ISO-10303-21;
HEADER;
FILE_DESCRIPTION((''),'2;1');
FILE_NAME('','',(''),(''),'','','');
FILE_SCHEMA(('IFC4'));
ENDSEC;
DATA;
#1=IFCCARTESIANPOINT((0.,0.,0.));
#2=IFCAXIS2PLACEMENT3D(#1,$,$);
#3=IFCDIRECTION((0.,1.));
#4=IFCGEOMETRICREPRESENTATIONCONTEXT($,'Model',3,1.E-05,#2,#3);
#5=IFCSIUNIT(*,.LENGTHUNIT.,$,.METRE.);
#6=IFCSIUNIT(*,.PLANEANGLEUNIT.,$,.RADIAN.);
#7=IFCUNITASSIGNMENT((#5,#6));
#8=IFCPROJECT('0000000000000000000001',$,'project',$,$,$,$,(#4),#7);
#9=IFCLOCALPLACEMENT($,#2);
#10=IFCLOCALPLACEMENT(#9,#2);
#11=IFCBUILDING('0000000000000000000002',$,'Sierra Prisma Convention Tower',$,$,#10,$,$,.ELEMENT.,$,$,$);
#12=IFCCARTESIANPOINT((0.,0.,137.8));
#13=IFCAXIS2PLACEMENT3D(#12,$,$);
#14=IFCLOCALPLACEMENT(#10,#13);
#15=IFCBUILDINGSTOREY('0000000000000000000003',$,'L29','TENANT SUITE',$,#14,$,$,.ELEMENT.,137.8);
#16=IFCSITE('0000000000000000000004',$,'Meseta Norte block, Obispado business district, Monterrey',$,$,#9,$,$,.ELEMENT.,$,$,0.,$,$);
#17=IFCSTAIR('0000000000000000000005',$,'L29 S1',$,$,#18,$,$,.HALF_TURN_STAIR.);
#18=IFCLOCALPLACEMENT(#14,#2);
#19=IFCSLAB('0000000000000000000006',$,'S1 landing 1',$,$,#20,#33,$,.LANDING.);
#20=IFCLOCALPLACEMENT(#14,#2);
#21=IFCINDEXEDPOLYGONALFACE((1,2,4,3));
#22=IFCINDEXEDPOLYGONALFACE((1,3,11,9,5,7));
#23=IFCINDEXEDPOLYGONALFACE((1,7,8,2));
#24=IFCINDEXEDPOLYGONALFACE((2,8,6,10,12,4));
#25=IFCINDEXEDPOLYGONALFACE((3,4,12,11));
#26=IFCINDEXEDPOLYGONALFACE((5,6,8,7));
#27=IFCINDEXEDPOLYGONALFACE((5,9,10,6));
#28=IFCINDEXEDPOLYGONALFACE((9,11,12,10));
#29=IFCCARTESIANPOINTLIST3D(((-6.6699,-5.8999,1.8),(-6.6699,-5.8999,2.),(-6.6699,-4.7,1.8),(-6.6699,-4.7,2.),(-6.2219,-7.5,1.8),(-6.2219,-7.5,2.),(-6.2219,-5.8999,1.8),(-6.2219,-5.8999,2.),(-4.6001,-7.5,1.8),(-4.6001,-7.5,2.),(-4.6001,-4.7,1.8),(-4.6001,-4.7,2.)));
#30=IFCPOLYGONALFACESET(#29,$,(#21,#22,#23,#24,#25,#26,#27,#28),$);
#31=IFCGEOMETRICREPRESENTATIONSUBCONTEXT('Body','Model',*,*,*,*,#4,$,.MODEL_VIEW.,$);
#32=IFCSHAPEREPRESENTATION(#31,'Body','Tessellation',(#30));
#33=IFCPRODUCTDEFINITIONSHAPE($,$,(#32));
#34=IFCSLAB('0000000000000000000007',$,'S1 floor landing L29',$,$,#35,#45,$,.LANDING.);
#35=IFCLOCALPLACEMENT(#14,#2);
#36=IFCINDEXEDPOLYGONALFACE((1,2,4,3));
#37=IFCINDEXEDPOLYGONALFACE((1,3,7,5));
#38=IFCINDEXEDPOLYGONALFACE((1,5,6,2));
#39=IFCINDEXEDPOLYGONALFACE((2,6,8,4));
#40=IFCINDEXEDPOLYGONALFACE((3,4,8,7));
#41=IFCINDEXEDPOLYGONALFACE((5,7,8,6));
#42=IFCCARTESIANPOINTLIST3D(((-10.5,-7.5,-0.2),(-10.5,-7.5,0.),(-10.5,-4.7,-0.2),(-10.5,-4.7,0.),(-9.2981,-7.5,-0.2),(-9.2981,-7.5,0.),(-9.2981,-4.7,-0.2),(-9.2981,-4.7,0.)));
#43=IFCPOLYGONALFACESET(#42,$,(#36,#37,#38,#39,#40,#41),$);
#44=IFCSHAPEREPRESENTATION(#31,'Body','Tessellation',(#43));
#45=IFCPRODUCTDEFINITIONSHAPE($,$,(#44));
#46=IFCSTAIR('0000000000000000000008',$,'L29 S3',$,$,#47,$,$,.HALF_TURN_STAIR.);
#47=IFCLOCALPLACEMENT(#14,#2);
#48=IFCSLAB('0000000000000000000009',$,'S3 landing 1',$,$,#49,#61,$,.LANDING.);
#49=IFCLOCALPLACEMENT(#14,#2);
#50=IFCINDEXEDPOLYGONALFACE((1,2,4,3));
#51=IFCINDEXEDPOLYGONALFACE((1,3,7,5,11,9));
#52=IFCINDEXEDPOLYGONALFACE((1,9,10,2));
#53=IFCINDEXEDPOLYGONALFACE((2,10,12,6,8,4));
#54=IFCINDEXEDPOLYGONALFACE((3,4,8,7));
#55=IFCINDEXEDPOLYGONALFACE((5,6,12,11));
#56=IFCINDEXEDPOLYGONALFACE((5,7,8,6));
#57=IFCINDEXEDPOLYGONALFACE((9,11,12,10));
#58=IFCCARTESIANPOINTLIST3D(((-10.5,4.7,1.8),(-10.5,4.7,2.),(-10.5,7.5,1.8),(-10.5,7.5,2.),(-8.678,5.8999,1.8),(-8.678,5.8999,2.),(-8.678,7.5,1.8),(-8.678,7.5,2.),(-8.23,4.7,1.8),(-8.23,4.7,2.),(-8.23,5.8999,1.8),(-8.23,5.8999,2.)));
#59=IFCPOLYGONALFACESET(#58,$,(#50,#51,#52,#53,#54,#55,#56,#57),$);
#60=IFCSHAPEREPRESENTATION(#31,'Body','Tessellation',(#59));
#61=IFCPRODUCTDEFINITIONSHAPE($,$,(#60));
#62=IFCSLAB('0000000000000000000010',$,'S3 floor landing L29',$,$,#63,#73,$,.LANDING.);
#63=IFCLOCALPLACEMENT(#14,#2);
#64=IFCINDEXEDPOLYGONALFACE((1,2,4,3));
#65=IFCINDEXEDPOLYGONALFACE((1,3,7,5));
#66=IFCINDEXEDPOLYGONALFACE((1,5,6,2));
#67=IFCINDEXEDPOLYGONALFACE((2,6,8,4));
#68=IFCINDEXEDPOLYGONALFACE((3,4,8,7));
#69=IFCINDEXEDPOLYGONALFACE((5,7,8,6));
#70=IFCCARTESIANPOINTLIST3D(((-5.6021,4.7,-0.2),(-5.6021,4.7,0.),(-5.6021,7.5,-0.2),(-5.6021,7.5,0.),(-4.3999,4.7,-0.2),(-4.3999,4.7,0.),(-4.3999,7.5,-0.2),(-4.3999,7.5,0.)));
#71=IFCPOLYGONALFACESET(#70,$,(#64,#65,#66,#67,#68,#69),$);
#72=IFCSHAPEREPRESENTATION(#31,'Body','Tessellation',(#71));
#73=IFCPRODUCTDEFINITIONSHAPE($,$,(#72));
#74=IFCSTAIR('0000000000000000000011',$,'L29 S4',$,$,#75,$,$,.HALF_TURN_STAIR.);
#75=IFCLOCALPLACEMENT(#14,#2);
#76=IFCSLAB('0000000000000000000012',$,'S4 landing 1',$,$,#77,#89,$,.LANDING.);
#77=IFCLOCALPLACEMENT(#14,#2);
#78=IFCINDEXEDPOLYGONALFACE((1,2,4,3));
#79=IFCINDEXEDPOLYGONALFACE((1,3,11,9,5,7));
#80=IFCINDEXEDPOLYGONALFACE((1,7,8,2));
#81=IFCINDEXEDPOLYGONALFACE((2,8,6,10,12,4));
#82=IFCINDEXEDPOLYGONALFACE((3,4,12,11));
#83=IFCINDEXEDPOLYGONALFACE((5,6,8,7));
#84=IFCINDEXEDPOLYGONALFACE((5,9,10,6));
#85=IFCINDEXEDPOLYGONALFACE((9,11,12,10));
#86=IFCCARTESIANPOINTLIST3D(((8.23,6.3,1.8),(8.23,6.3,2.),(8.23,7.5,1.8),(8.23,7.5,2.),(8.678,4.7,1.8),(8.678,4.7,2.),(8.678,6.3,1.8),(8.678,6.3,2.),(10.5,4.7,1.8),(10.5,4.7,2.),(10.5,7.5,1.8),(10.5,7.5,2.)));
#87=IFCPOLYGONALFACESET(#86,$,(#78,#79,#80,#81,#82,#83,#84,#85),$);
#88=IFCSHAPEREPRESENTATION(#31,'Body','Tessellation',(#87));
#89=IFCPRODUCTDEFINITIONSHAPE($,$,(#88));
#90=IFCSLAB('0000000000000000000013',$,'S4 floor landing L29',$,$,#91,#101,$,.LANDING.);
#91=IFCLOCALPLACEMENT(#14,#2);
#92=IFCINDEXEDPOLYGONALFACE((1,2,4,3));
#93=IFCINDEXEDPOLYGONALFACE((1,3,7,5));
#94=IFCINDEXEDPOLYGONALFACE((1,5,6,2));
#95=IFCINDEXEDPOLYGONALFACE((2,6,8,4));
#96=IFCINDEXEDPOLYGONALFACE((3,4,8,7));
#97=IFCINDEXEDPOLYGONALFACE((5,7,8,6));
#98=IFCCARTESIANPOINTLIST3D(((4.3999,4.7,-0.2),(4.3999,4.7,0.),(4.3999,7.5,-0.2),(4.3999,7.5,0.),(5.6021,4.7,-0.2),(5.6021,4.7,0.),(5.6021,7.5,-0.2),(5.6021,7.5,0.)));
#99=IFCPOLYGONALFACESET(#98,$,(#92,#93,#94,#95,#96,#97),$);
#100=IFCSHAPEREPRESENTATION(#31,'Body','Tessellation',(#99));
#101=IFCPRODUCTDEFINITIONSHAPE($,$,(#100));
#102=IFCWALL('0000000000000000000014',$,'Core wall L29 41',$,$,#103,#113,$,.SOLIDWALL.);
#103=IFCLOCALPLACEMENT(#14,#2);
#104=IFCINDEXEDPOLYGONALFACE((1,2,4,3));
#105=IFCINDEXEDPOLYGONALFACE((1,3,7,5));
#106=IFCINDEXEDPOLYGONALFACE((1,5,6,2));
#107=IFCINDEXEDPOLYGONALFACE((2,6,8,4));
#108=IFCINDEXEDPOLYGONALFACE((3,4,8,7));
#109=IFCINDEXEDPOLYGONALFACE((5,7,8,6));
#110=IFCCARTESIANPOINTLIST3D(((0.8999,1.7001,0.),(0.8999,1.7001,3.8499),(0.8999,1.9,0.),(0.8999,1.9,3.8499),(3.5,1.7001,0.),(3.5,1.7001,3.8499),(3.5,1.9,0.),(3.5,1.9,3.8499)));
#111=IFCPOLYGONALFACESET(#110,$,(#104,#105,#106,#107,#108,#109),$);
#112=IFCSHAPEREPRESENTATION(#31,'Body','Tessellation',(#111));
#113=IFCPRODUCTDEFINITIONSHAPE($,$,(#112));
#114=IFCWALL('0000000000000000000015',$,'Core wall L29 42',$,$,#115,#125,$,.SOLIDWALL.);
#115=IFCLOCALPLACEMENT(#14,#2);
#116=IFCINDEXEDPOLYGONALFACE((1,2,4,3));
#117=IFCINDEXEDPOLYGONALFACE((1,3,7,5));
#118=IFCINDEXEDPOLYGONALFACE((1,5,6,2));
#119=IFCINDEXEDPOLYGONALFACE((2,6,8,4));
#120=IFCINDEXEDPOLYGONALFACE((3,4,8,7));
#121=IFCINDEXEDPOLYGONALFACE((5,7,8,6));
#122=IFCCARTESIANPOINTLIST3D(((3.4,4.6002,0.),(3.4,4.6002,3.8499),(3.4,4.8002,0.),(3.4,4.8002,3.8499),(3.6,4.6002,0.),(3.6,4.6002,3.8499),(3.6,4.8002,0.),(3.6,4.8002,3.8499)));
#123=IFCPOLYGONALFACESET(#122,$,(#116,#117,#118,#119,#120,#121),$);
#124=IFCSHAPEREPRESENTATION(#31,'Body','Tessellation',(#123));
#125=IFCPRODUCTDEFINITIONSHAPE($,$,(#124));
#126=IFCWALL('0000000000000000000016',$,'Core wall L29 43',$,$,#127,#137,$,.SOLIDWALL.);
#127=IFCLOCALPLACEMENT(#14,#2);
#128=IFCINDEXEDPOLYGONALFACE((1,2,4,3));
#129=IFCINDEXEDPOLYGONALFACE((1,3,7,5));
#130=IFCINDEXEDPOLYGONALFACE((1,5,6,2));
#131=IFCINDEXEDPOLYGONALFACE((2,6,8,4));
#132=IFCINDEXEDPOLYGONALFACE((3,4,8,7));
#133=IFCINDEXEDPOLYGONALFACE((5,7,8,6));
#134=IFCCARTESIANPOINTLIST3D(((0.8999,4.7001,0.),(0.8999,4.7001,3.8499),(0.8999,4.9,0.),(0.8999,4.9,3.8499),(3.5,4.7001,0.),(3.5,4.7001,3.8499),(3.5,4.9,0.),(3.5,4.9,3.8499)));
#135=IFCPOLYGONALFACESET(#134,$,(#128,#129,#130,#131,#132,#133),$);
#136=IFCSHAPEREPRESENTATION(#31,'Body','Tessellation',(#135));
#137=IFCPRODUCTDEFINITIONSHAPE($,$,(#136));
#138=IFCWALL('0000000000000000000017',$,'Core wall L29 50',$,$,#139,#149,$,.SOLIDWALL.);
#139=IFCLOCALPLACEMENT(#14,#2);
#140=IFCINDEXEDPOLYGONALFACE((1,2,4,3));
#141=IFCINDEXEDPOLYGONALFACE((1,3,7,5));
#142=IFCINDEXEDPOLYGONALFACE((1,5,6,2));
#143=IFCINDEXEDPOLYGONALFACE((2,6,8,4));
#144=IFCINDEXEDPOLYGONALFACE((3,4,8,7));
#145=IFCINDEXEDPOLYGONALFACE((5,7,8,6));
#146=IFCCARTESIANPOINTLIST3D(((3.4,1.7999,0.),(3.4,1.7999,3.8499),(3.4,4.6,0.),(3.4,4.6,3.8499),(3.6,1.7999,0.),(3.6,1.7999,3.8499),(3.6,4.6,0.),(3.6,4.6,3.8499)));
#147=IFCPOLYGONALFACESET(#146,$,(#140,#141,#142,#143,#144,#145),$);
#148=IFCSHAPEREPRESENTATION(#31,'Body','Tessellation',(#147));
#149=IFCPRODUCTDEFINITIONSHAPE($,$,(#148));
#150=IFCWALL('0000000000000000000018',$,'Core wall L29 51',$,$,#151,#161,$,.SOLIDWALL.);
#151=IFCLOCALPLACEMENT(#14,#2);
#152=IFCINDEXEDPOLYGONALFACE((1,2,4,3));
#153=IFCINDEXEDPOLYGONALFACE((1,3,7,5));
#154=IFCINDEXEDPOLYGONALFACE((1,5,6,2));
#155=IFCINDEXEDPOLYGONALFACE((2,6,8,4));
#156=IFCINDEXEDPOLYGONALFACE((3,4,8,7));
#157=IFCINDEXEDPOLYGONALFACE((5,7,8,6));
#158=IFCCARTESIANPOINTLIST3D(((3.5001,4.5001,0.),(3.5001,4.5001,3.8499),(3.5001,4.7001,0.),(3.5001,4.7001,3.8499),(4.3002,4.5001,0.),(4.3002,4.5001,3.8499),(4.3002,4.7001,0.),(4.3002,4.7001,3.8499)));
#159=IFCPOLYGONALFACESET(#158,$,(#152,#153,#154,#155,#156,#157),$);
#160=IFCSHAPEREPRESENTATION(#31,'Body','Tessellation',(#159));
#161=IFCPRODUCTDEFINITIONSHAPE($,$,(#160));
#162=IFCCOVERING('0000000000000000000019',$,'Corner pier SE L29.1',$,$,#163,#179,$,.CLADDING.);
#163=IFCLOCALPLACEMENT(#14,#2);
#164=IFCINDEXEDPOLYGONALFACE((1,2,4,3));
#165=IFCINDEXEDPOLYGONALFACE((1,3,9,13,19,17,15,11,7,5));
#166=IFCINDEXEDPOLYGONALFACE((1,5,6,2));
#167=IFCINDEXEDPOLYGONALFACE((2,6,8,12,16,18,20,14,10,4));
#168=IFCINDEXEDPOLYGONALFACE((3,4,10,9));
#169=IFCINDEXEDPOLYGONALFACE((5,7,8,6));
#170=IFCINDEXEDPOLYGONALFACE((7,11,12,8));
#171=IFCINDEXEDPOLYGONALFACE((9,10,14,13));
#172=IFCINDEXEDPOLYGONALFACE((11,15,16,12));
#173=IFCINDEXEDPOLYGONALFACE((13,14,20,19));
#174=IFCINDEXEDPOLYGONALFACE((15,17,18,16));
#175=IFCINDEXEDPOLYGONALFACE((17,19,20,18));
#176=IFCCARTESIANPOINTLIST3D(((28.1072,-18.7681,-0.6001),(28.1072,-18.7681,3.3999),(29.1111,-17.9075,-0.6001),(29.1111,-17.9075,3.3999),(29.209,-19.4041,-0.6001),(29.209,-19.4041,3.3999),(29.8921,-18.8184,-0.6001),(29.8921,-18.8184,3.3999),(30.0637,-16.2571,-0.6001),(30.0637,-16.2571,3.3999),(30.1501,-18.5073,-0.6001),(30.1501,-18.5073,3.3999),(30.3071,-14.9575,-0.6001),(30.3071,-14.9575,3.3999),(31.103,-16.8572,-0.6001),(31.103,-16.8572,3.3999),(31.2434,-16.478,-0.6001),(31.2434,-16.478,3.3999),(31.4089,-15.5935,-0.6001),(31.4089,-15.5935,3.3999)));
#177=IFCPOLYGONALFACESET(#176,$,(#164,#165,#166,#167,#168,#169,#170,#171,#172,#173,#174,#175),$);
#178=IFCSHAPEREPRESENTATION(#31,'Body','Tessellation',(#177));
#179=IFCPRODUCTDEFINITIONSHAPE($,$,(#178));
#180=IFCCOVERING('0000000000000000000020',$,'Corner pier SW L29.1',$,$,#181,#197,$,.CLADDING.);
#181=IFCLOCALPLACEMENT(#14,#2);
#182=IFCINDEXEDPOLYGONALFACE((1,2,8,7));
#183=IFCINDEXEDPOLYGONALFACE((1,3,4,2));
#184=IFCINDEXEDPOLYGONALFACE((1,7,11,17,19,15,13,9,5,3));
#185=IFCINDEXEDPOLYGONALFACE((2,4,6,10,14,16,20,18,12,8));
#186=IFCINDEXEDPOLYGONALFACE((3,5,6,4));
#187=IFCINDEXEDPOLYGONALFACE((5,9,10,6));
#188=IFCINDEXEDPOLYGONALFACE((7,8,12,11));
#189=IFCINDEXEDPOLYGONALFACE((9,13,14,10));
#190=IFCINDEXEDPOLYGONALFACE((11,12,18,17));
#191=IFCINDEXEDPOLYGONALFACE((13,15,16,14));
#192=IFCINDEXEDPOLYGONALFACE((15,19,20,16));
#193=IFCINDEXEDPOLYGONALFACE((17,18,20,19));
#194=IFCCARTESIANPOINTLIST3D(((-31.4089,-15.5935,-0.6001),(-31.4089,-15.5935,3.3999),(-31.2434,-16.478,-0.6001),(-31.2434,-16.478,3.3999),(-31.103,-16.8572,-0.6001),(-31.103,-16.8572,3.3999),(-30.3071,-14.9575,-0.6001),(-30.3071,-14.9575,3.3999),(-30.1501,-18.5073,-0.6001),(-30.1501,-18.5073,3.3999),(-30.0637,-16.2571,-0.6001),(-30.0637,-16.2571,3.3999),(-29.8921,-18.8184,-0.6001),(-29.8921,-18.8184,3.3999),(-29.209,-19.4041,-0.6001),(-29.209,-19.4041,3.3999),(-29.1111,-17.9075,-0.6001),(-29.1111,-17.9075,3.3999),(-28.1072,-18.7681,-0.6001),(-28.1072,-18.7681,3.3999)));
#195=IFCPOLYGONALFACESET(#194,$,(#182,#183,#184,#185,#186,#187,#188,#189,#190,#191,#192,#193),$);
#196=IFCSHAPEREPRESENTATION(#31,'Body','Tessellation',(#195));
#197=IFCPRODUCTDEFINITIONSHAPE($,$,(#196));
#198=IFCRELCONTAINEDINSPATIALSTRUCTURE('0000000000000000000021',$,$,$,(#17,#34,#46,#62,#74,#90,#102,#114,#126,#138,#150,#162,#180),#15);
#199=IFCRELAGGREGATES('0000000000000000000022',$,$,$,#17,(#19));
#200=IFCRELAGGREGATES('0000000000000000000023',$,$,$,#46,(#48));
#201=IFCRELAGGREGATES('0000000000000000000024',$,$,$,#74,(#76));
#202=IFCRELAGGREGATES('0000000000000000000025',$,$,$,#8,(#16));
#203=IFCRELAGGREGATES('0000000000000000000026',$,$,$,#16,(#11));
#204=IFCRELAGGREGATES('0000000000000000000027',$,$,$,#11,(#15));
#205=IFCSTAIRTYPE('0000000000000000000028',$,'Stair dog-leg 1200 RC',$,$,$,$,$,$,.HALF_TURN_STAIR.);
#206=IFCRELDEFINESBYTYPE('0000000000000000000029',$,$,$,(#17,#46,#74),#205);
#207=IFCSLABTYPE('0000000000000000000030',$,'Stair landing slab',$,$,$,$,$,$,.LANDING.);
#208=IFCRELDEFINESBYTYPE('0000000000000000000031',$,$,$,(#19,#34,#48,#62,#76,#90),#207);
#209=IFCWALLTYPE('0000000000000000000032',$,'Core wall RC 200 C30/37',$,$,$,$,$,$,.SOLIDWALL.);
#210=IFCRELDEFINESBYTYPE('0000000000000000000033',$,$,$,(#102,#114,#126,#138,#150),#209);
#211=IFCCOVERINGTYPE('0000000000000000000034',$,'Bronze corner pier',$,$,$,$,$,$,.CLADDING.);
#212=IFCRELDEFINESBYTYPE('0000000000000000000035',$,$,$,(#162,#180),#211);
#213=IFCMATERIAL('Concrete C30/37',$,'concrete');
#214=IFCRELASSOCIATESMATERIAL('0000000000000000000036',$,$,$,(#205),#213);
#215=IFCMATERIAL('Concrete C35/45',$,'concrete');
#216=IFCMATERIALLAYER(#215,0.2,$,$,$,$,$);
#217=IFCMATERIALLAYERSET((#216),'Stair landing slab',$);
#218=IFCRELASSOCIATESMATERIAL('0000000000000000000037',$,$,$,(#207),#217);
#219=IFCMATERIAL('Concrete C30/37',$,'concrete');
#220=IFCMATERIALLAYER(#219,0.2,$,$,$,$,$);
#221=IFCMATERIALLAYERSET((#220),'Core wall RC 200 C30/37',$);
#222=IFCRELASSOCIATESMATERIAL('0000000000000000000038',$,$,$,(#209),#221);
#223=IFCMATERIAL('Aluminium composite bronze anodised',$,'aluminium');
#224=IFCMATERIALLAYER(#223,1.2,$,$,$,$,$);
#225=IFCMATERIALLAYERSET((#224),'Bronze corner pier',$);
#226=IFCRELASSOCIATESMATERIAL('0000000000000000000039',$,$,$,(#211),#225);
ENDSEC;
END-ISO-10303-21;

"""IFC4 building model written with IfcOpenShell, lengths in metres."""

from ifc_helpers import new_model, si_unit, direction, frame, frame_2d, origin, place, context, subcontext, project, spatial, polyline, rectangle, outline, extrude, material, layer, layer_set, type_object, element, aggregate, save


model = new_model("IFC4")

# Units and contexts
model_context = context("Model", 3, precision=1e-05, world=origin(), true_north=direction((0.0, 1.0)))
body_context = subcontext(model_context, "Body", "Model", "MODEL_VIEW")
ifc_project = project(units=[si_unit("LENGTHUNIT", "METRE"), si_unit("PLANEANGLEUNIT", "RADIAN")], contexts=[model_context])

# Site, building, storey
site_placement = place(None, origin())
site = spatial("IfcSite", under=ifc_project, at=site_placement, Name="Meseta Norte block, Obispado business district, Monterrey", CompositionType="ELEMENT", RefElevation=0.0)
building_placement = place(site_placement, origin())
building = spatial("IfcBuilding", under=site, at=building_placement, Name="Sierra Prisma Convention Tower", CompositionType="ELEMENT")
storey_placement = place(building_placement, frame((0.0, 0.0, 137.8)))
storey = spatial("IfcBuildingStorey", under=building, at=storey_placement, Name="L29", Description="TENANT SUITE", CompositionType="ELEMENT", Elevation=137.8)

# Stair, slab
ifc_material_1 = material(Name="Concrete C30/37", Category="concrete")
stair_type = type_object("IfcStairType", Name="Stair dog-leg 1200 RC", PredefinedType="HALF_TURN_STAIR", material=ifc_material_1)
stair_1_placement = place(storey_placement, origin())
stair_1 = element("IfcStair", 1, at=stair_1_placement, inside=storey, type_object=stair_type, Name="L29 S1", PredefinedType="HALF_TURN_STAIR")
ifc_material_2 = material(Name="Concrete C35/45", Category="concrete")
ifc_layer_1 = layer(ifc_material_2, 0.2)
ifc_layer_set_1 = layer_set([ifc_layer_1], Name="Stair landing slab")
slab_type_1 = type_object("IfcSlabType", Name="Stair landing slab", PredefinedType="LANDING", material=ifc_layer_set_1)
slab_1_placement = place(storey_placement, frame((0.0, 0.0, 1.8)))
slab_1 = element("IfcSlab", 2, at=slab_1_placement, type_object=slab_type_1, Name="S1 landing 1", PredefinedType="LANDING", context=body_context, shape_type="SweptSolid", body=[
    extrude(outline(polyline([(-4.6001, -4.7), (-4.6001, -7.5), (-6.2219, -7.5), (-6.2219, -5.8999), (-6.6699, -5.8999), (-6.6699, -4.7), (-4.6001, -4.7)])), origin(), (0.0, 0.0, 1.0), 0.2),
])
aggregate(stair_1, [slab_1])

# Slab
slab_2_placement = place(storey_placement, frame((0.0, 0.0, -0.2)))
element("IfcSlab", 3, at=slab_2_placement, inside=storey, type_object=slab_type_1, Name="S1 floor landing L29", PredefinedType="LANDING", context=body_context, shape_type="SweptSolid", body=[
    extrude(outline(polyline([(-10.5, -7.5), (-9.2981, -7.5), (-9.2981, -4.7), (-10.5, -4.7), (-10.5, -7.5)])), origin(), (0.0, 0.0, 1.0), 0.2),
])

# Stair, slab
stair_2_placement = place(storey_placement, origin())
stair_2 = element("IfcStair", 4, at=stair_2_placement, inside=storey, type_object=stair_type, Name="L29 S3", PredefinedType="HALF_TURN_STAIR")
slab_3_placement = place(storey_placement, frame((0.0, 0.0, 1.8)))
slab_3 = element("IfcSlab", 5, at=slab_3_placement, type_object=slab_type_1, Name="S3 landing 1", PredefinedType="LANDING", context=body_context, shape_type="SweptSolid", body=[
    extrude(outline(polyline([(-8.23, 5.8999), (-8.23, 4.7), (-10.5, 4.7), (-10.5, 7.5), (-8.678, 7.5), (-8.678, 5.8999), (-8.23, 5.8999)])), origin(), (0.0, 0.0, 1.0), 0.2),
])
aggregate(stair_2, [slab_3])

# Slab
slab_4_placement = place(storey_placement, frame((0.0, 0.0, -0.2)))
element("IfcSlab", 6, at=slab_4_placement, inside=storey, type_object=slab_type_1, Name="S3 floor landing L29", PredefinedType="LANDING", context=body_context, shape_type="SweptSolid", body=[
    extrude(outline(polyline([(-4.3999, 7.5), (-5.6021, 7.5), (-5.6021, 4.7), (-4.3999, 4.7), (-4.3999, 7.5)])), origin(), (0.0, 0.0, 1.0), 0.2),
])

# Stair, slab
stair_3_placement = place(storey_placement, origin())
stair_3 = element("IfcStair", 7, at=stair_3_placement, inside=storey, type_object=stair_type, Name="L29 S4", PredefinedType="HALF_TURN_STAIR")
slab_5_placement = place(storey_placement, frame((0.0, 0.0, 1.8)))
slab_5 = element("IfcSlab", 8, at=slab_5_placement, type_object=slab_type_1, Name="S4 landing 1", PredefinedType="LANDING", context=body_context, shape_type="SweptSolid", body=[
    extrude(outline(polyline([(10.5, 7.5), (10.5, 4.7), (8.678, 4.7), (8.678, 6.3), (8.23, 6.3), (8.23, 7.5), (10.5, 7.5)])), origin(), (0.0, 0.0, 1.0), 0.2),
])
aggregate(stair_3, [slab_5])

# Slab
slab_6_placement = place(storey_placement, frame((0.0, 0.0, -0.2)))
element("IfcSlab", 9, at=slab_6_placement, inside=storey, type_object=slab_type_1, Name="S4 floor landing L29", PredefinedType="LANDING", context=body_context, shape_type="SweptSolid", body=[
    extrude(outline(polyline([(4.3999, 4.7), (5.6021, 4.7), (5.6021, 7.5), (4.3999, 7.5), (4.3999, 4.7)])), origin(), (0.0, 0.0, 1.0), 0.2),
])

# Shared definitions
ifc_material_3 = material(Name="Concrete C30/37", Category="concrete")
ifc_layer_2 = layer(ifc_material_3, 0.2)
ifc_layer_set_2 = layer_set([ifc_layer_2], Name="Core wall RC 200 C30/37")
wall_type = type_object("IfcWallType", Name="Core wall RC 200 C30/37", PredefinedType="SOLIDWALL", material=ifc_layer_set_2)

# Walls
wall_1_placement = place(storey_placement, frame((3.5, 1.8, 0.0), z_axis=(0.0, 0.0, 1.0), x_axis=(-1.0, 0.0, 0.0)))
element("IfcWall", 10, at=wall_1_placement, inside=storey, type_object=wall_type, Name="Core wall L29 41", PredefinedType="SOLIDWALL", context=body_context, shape_type="SweptSolid", body=[
    extrude(rectangle(XDim=2.6001, YDim=0.2, at=frame_2d((1.3, 0.0))), origin(), (0.0, 0.0, 1.0), 3.8499),
])
wall_2_placement = place(storey_placement, frame((3.5, 4.6001, 0.0), z_axis=(0.0, 0.0, 1.0), x_axis=(0.0, 1.0, 0.0)))
element("IfcWall", 11, at=wall_2_placement, inside=storey, type_object=wall_type, Name="Core wall L29 42", PredefinedType="SOLIDWALL", context=body_context, shape_type="SweptSolid", body=[
    extrude(rectangle(XDim=0.2, YDim=0.2, at=frame_2d((0.1001, 0.0))), origin(), (0.0, 0.0, 1.0), 3.8499),
])
wall_3_placement = place(storey_placement, frame((3.5, 4.8, 0.0), z_axis=(0.0, 0.0, 1.0), x_axis=(-1.0, 0.0, 0.0)))
element("IfcWall", 12, at=wall_3_placement, inside=storey, type_object=wall_type, Name="Core wall L29 43", PredefinedType="SOLIDWALL", context=body_context, shape_type="SweptSolid", body=[
    extrude(rectangle(XDim=2.6001, YDim=0.2, at=frame_2d((1.3, 0.0))), origin(), (0.0, 0.0, 1.0), 3.8499),
])

# Walls
wall_4_placement = place(storey_placement, frame((3.5, 1.8, 0.0), z_axis=(0.0, 0.0, 1.0), x_axis=(0.0, 1.0, 0.0)))
element("IfcWall", 13, at=wall_4_placement, inside=storey, type_object=wall_type, Name="Core wall L29 50", PredefinedType="SOLIDWALL", context=body_context, shape_type="SweptSolid", body=[
    extrude(rectangle(XDim=2.8, YDim=0.2, at=frame_2d((1.3999, 0.0))), origin(), (0.0, 0.0, 1.0), 3.8499),
])
wall_5_placement = place(storey_placement, frame((4.3, 4.6001, 0.0), z_axis=(0.0, 0.0, 1.0), x_axis=(-1.0, 0.0, 0.0)))
element("IfcWall", 14, at=wall_5_placement, inside=storey, type_object=wall_type, Name="Core wall L29 51", PredefinedType="SOLIDWALL", context=body_context, shape_type="SweptSolid", body=[
    extrude(rectangle(XDim=0.8, YDim=0.2, at=frame_2d((0.3999, 0.0))), origin(), (0.0, 0.0, 1.0), 3.8499),
])

# Coverings
ifc_material_4 = material(Name="Aluminium composite bronze anodised", Category="aluminium")
ifc_layer_3 = layer(ifc_material_4, 1.2)
ifc_layer_set_3 = layer_set([ifc_layer_3], Name="Bronze corner pier")
covering_type = type_object("IfcCoveringType", Name="Bronze corner pier", PredefinedType="CLADDING", material=ifc_layer_set_3)
covering_1_placement = place(storey_placement, frame((0.0, 0.0, -0.6001)))
element("IfcCovering", 15, at=covering_1_placement, inside=storey, type_object=covering_type, Name="Corner pier SE L29.1", PredefinedType="CLADDING", context=body_context, shape_type="SweptSolid", body=[
    extrude(outline(polyline([(31.103, -16.8572), (30.1501, -18.5073), (29.8921, -18.8184), (29.209, -19.4041), (28.1072, -18.7681), (29.1111, -17.9075), (30.0637, -16.2571), (30.3071, -14.9575), (31.4089, -15.5935), (31.2434, -16.478), (31.103, -16.8572)])), origin(), (0.0, 0.0, 1.0), 4.0),
])
covering_2_placement = place(storey_placement, frame((0.0, 0.0, -0.6001)))
element("IfcCovering", 16, at=covering_2_placement, inside=storey, type_object=covering_type, Name="Corner pier SW L29.1", PredefinedType="CLADDING", context=body_context, shape_type="SweptSolid", body=[
    extrude(outline(polyline([(-30.1501, -18.5073), (-31.103, -16.8572), (-31.2434, -16.478), (-31.4089, -15.5935), (-30.3071, -14.9575), (-30.0637, -16.2571), (-29.1111, -17.9075), (-28.1072, -18.7681), (-29.209, -19.4041), (-29.8921, -18.8184), (-30.1501, -18.5073)])), origin(), (0.0, 0.0, 1.0), 4.0),
])

save(model, "model.ifc")
